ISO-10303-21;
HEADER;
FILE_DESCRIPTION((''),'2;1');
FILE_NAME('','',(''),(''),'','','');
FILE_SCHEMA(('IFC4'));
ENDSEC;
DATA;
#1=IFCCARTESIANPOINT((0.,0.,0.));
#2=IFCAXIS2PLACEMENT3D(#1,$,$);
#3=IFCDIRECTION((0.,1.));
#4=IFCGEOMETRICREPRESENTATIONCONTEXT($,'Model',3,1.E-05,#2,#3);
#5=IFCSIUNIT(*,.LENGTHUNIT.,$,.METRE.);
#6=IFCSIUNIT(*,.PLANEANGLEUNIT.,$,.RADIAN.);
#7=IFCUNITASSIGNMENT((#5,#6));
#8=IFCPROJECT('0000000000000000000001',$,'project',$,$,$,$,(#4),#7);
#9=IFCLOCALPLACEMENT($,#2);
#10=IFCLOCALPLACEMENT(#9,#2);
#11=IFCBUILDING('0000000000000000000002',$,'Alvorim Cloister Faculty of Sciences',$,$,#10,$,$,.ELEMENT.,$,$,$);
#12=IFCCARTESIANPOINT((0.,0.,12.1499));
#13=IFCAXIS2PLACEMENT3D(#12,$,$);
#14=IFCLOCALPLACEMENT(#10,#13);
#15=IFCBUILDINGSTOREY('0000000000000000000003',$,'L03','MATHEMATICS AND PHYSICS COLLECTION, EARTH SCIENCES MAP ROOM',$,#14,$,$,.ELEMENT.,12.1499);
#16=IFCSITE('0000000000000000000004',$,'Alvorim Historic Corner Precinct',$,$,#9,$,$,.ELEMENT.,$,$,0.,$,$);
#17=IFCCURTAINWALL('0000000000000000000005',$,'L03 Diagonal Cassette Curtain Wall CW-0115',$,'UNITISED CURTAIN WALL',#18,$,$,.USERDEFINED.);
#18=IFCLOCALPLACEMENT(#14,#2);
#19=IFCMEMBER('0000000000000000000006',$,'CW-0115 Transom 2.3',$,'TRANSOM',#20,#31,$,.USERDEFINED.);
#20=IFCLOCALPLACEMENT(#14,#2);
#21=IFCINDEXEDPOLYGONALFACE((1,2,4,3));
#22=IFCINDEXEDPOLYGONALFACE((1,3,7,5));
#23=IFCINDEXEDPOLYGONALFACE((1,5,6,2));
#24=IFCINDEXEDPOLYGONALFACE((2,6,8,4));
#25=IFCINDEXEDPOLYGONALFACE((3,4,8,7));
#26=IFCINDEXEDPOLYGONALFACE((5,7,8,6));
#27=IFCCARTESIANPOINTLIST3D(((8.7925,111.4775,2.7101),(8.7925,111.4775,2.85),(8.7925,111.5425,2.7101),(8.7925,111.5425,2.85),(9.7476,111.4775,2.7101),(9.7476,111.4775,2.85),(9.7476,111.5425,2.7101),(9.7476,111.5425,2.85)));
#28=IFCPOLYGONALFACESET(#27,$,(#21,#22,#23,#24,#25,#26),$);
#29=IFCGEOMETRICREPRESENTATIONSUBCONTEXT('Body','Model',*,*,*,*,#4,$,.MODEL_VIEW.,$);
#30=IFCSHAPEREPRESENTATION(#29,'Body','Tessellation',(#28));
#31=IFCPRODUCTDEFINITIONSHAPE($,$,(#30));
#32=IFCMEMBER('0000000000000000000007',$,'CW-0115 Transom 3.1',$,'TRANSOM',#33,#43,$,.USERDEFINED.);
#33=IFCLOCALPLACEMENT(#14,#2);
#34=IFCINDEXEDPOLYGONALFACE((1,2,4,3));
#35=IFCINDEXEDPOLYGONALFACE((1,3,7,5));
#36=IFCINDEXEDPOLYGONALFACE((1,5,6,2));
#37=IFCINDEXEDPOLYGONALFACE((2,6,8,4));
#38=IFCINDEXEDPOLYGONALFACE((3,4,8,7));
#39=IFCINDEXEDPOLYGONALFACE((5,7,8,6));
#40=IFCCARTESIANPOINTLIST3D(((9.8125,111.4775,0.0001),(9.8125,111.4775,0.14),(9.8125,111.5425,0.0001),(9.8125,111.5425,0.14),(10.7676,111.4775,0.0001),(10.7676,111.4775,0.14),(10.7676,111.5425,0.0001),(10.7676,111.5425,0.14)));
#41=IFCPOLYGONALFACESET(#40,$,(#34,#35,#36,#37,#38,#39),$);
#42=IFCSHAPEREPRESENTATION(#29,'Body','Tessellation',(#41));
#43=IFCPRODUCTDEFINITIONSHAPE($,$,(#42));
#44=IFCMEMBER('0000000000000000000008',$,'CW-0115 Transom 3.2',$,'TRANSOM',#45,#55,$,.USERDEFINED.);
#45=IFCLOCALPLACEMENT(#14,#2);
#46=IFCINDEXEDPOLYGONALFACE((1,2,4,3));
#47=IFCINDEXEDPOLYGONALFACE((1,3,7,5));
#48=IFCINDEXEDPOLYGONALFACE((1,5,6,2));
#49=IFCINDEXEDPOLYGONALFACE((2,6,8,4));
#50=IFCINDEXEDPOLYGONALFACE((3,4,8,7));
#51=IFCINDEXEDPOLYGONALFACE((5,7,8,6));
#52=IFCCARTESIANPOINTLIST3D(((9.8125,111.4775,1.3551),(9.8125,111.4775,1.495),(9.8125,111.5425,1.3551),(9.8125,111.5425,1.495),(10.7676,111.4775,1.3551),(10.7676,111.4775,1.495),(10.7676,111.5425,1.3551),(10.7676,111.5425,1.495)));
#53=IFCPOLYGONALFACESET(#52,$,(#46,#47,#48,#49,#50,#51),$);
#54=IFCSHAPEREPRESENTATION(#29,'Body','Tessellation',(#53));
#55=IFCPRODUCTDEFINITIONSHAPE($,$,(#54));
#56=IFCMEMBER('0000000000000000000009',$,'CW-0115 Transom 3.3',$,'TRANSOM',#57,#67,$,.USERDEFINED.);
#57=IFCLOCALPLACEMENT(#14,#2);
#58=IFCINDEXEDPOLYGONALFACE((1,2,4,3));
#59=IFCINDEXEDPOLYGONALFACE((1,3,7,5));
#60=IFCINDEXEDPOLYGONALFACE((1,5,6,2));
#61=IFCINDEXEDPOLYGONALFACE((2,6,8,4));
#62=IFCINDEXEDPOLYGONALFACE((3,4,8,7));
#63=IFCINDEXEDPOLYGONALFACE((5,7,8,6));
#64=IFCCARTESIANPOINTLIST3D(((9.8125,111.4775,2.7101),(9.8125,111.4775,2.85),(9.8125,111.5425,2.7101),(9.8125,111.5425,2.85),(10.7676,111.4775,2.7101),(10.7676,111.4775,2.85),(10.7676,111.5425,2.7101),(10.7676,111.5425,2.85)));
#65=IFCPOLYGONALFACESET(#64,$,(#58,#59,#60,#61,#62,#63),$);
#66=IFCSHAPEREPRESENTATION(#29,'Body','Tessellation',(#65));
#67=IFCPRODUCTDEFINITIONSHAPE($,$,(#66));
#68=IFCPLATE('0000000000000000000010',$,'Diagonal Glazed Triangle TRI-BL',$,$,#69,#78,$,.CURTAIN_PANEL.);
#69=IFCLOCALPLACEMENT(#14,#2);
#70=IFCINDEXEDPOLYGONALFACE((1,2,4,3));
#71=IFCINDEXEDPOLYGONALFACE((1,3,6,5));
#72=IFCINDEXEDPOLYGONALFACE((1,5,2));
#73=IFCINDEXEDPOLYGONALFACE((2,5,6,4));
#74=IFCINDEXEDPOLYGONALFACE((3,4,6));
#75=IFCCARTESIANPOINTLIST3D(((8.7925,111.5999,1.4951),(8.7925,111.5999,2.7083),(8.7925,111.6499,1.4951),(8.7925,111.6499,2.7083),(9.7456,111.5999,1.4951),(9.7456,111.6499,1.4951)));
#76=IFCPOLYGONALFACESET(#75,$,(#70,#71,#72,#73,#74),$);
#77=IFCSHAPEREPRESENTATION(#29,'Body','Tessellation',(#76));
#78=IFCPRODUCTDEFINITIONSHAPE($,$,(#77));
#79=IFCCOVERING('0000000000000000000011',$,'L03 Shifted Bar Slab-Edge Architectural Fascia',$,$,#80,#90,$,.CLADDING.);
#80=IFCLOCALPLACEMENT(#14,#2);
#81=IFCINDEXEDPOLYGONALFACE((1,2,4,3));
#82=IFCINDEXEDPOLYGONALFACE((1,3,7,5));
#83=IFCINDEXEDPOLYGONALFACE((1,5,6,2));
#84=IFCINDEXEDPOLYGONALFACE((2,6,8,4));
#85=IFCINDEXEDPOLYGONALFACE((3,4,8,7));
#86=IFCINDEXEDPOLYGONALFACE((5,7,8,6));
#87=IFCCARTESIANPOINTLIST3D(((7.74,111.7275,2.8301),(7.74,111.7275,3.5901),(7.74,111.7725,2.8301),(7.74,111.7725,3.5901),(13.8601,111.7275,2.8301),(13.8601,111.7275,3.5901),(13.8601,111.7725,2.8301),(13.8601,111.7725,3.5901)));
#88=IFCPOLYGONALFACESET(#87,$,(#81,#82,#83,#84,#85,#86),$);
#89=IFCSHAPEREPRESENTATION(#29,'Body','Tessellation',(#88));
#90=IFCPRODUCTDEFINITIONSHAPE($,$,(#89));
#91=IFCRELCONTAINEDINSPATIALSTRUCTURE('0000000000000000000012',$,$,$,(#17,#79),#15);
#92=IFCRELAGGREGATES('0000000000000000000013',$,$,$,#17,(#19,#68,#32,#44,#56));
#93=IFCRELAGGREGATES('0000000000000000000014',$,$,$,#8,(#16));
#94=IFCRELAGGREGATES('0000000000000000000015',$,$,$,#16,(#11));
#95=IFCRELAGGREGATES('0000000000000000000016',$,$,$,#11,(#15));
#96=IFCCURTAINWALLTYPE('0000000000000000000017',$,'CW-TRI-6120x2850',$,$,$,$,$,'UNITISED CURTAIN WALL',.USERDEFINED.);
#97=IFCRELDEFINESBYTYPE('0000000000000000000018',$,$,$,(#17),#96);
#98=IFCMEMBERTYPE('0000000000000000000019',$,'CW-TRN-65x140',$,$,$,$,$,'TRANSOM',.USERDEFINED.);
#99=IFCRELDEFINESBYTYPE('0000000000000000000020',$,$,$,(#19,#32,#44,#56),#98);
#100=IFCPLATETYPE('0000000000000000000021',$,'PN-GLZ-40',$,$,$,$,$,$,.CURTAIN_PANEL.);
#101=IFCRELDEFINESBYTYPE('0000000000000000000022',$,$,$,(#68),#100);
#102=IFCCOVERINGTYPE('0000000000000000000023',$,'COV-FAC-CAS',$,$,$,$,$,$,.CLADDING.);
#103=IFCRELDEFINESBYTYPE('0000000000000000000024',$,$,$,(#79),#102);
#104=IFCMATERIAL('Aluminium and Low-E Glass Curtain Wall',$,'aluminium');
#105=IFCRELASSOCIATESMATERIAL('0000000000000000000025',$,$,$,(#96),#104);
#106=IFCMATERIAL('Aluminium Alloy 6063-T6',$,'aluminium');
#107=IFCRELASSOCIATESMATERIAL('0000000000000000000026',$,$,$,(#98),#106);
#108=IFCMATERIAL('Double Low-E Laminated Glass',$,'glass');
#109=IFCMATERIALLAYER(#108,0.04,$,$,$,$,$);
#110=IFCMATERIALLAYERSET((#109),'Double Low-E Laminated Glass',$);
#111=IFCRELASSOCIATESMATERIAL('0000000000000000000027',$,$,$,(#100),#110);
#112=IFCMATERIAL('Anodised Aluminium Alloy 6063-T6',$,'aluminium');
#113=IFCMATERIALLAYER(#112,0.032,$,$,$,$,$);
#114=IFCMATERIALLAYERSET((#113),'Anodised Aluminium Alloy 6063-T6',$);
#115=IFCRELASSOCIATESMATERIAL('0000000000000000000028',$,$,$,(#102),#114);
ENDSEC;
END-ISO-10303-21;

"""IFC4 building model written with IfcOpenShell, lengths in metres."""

from ifc_helpers import new_model, si_unit, direction, frame, origin, origin_2d, place, context, subcontext, project, spatial, polyline, rectangle, outline, extrude, material, layer, layer_set, material_profile, profile_set, type_object, element, aggregate, save


model = new_model("IFC4")

# Units and contexts
model_context = context("Model", 3, precision=1e-05, world=origin(), true_north=direction((0.0, 1.0)))
body_context = subcontext(model_context, "Body", "Model", "MODEL_VIEW")
ifc_project = project(units=[si_unit("LENGTHUNIT", "METRE"), si_unit("PLANEANGLEUNIT", "RADIAN")], contexts=[model_context])

# Site, building, storey
site_placement = place(None, origin())
site = spatial("IfcSite", under=ifc_project, at=site_placement, Name="Alvorim Historic Corner Precinct", CompositionType="ELEMENT", RefElevation=0.0)
building_placement = place(site_placement, origin())
building = spatial("IfcBuilding", under=site, at=building_placement, Name="Alvorim Cloister Faculty of Sciences", CompositionType="ELEMENT")
storey_placement = place(building_placement, frame((0.0, 0.0, 12.1499)))
storey = spatial("IfcBuildingStorey", under=building, at=storey_placement, Name="L03", Description="MATHEMATICS AND PHYSICS COLLECTION, EARTH SCIENCES MAP ROOM", CompositionType="ELEMENT", Elevation=12.1499)

# Curtain wall, members, plate
ifc_material_1 = material(Name="Aluminium and Low-E Glass Curtain Wall", Category="aluminium")
curtain_wall_type = type_object("IfcCurtainWallType", Name="CW-TRI-6120x2850", ElementType="UNITISED CURTAIN WALL", PredefinedType="USERDEFINED", material=ifc_material_1)
curtain_wall_placement = place(storey_placement, origin())
curtain_wall = element("IfcCurtainWall", 1, at=curtain_wall_placement, inside=storey, type_object=curtain_wall_type, Name="L03 Diagonal Cassette Curtain Wall CW-0115", ObjectType="UNITISED CURTAIN WALL", PredefinedType="USERDEFINED")
ifc_material_2 = material(Name="Aluminium Alloy 6063-T6", Category="aluminium")
ifc_material_profile_1 = material_profile(ifc_material_2, rectangle(XDim=0.0649, YDim=0.1399, at=origin_2d()), Name="ALU-TRN-65x140")
ifc_profile_set_1 = profile_set([ifc_material_profile_1], Name="Aluminium Alloy 6063-T6")
member_type_1 = type_object("IfcMemberType", Name="CW-TRN-65x140", ElementType="TRANSOM", PredefinedType="USERDEFINED", material=ifc_profile_set_1)
member_1_placement = place(storey_placement, frame((8.7925, 111.51, 2.78), z_axis=(1.0, 0.0, 0.0), x_axis=(0.0, 1.0, 0.0)))
member_1 = element("IfcMember", 2, at=member_1_placement, type_object=member_type_1, Name="CW-0115 Transom 2.3", ObjectType="TRANSOM", PredefinedType="USERDEFINED", context=body_context, shape_type="SweptSolid", body=[
    extrude(rectangle(XDim=0.0649, YDim=0.1399, at=origin_2d()), origin(), (0.0, 0.0, 1.0), 0.9551),
])
member_2_placement = place(storey_placement, frame((9.8125, 111.51, 0.0701), z_axis=(1.0, 0.0, 0.0), x_axis=(0.0, 1.0, 0.0)))
member_2 = element("IfcMember", 3, at=member_2_placement, type_object=member_type_1, Name="CW-0115 Transom 3.1", ObjectType="TRANSOM", PredefinedType="USERDEFINED", context=body_context, shape_type="SweptSolid", body=[
    extrude(rectangle(XDim=0.0649, YDim=0.1399, at=origin_2d()), origin(), (0.0, 0.0, 1.0), 0.9551),
])
member_3_placement = place(storey_placement, frame((9.8125, 111.51, 1.425), z_axis=(1.0, 0.0, 0.0), x_axis=(0.0, 1.0, 0.0)))
member_3 = element("IfcMember", 4, at=member_3_placement, type_object=member_type_1, Name="CW-0115 Transom 3.2", ObjectType="TRANSOM", PredefinedType="USERDEFINED", context=body_context, shape_type="SweptSolid", body=[
    extrude(rectangle(XDim=0.0649, YDim=0.1399, at=origin_2d()), origin(), (0.0, 0.0, 1.0), 0.9551),
])
member_4_placement = place(storey_placement, frame((9.8125, 111.51, 2.78), z_axis=(1.0, 0.0, 0.0), x_axis=(0.0, 1.0, 0.0)))
member_4 = element("IfcMember", 5, at=member_4_placement, type_object=member_type_1, Name="CW-0115 Transom 3.3", ObjectType="TRANSOM", PredefinedType="USERDEFINED", context=body_context, shape_type="SweptSolid", body=[
    extrude(rectangle(XDim=0.0649, YDim=0.1399, at=origin_2d()), origin(), (0.0, 0.0, 1.0), 0.9551),
])
ifc_material_3 = material(Name="Double Low-E Laminated Glass", Category="glass")
ifc_layer_1 = layer(ifc_material_3, 0.04)
ifc_layer_set_1 = layer_set([ifc_layer_1], Name="Double Low-E Laminated Glass")
plate_type = type_object("IfcPlateType", Name="PN-GLZ-40", PredefinedType="CURTAIN_PANEL", material=ifc_layer_set_1)
plate_1_placement = place(storey_placement, frame((8.7925, 111.625, 1.4951), z_axis=(0.0, 0.0, 1.0), x_axis=(1.0, 0.0, 0.0)))
plate_1 = element("IfcPlate", 6, at=plate_1_placement, type_object=plate_type, Name="Diagonal Glazed Triangle TRI-BL", PredefinedType="CURTAIN_PANEL", context=body_context, shape_type="SweptSolid", body=[
    extrude(outline(polyline([(0.0, 0.0), (0.9531, 0.0), (0.0, 1.2131), (0.0, 0.0)])), frame((0.0, 0.0249, 0.0), z_axis=(0.0, -1.0, 0.0), x_axis=(1.0, 0.0, 0.0)), (0.0, 0.0, 1.0), 0.05),
])
aggregate(curtain_wall, [member_1, plate_1, member_2, member_3, member_4])

# Covering
ifc_material_4 = material(Name="Anodised Aluminium Alloy 6063-T6", Category="aluminium")
ifc_layer_2 = layer(ifc_material_4, 0.032)
ifc_layer_set_2 = layer_set([ifc_layer_2], Name="Anodised Aluminium Alloy 6063-T6")
covering_type = type_object("IfcCoveringType", Name="COV-FAC-CAS", PredefinedType="CLADDING", material=ifc_layer_set_2)
covering_placement = place(storey_placement, frame((7.74, 111.75, 2.8301), z_axis=(0.0, 0.0, 1.0), x_axis=(1.0, 0.0, 0.0)))
element("IfcCovering", 7, at=covering_placement, inside=storey, type_object=covering_type, Name="L03 Shifted Bar Slab-Edge Architectural Fascia", PredefinedType="CLADDING", context=body_context, shape_type="SweptSolid", body=[
    extrude(outline(polyline([(0.0, 0.0), (6.1201, 0.0), (6.1201, 0.76), (0.0, 0.76), (0.0, 0.0)])), frame((0.0, 0.0225, 0.0), z_axis=(0.0, -1.0, 0.0), x_axis=(1.0, 0.0, 0.0)), (0.0, 0.0, 1.0), 0.0449),
])

save(model, "model.ifc")
